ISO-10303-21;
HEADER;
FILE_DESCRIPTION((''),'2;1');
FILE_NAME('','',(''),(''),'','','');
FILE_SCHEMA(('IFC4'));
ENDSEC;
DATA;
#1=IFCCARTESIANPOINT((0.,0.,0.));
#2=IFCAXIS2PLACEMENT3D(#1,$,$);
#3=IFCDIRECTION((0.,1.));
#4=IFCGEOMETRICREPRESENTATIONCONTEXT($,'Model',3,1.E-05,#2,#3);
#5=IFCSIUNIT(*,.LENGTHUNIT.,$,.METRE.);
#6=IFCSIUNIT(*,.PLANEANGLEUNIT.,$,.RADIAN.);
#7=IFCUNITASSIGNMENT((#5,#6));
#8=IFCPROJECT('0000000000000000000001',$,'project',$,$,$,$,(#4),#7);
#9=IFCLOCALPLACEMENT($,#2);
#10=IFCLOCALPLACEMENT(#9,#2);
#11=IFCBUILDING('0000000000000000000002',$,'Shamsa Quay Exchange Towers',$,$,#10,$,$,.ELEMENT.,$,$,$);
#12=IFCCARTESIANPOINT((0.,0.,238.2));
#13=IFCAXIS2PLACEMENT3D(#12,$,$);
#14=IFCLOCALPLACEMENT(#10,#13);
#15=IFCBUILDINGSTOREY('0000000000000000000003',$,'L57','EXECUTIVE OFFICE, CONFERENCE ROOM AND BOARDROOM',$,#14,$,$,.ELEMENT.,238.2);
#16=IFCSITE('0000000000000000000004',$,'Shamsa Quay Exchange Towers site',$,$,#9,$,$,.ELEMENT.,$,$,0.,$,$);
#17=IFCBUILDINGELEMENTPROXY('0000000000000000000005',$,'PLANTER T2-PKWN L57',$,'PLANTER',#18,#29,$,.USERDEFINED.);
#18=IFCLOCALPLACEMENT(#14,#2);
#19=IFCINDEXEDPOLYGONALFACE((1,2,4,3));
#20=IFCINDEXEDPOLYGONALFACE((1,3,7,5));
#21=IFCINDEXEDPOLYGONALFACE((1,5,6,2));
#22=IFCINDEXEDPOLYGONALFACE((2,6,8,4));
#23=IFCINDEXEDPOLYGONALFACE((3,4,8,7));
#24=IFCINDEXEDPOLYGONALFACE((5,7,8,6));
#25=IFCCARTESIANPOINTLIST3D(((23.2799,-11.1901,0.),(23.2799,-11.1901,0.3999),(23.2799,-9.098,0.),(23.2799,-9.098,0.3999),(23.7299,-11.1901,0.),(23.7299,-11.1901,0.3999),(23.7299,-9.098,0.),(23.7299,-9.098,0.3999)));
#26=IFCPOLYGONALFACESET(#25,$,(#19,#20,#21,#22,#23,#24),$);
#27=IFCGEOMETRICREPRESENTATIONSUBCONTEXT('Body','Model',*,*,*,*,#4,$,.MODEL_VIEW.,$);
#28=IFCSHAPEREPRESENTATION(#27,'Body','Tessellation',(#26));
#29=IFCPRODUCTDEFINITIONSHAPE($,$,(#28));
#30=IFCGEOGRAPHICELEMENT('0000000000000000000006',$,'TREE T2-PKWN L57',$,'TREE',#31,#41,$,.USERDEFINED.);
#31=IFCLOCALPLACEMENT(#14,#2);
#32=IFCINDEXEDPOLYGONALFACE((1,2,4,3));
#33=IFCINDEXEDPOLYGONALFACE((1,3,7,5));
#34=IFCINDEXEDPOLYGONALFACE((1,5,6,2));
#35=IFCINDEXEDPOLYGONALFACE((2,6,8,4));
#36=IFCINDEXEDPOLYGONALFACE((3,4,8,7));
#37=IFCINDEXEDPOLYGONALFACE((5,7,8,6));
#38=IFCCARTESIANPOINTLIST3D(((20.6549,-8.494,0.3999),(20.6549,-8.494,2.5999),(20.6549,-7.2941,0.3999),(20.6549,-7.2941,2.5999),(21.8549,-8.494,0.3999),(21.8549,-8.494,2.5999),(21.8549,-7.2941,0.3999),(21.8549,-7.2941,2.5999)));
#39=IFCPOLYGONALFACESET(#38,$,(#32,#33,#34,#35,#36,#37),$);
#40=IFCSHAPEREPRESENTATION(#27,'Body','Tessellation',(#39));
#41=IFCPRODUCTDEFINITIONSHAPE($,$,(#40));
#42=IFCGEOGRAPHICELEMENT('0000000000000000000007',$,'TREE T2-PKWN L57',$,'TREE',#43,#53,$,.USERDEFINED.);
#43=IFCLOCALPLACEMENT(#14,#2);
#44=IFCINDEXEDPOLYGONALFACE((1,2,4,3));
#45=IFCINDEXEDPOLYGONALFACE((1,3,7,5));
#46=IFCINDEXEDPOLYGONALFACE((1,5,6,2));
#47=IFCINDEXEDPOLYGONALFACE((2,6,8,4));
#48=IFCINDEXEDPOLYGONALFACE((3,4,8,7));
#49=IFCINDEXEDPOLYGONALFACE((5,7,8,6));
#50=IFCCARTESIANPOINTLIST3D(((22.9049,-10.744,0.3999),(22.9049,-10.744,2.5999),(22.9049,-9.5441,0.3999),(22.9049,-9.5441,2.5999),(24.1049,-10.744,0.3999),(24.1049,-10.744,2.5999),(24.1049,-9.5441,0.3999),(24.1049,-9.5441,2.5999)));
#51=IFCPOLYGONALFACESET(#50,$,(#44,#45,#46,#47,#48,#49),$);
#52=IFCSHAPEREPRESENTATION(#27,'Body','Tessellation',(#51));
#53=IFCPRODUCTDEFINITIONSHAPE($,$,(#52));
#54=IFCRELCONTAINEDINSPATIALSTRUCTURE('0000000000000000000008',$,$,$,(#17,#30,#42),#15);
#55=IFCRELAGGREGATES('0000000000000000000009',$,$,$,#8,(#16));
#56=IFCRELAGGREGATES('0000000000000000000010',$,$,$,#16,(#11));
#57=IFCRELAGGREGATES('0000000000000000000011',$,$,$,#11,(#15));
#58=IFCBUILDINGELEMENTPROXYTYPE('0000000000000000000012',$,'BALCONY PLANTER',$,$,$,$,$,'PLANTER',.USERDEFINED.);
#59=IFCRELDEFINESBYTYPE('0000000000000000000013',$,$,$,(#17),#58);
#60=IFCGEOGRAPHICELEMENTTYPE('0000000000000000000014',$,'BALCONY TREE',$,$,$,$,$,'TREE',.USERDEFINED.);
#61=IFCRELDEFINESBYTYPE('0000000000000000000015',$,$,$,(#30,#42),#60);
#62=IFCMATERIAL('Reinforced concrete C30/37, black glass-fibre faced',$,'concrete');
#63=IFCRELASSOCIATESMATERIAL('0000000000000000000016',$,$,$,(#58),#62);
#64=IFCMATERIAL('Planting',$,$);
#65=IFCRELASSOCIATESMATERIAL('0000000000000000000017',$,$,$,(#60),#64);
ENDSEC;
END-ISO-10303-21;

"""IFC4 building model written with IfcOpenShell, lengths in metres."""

from ifc_helpers import new_model, si_unit, direction, frame, origin, origin_2d, place, context, subcontext, project, spatial, rectangle, extrude, material, type_object, element, save


model = new_model("IFC4")

# Units and contexts
model_context = context("Model", 3, precision=1e-05, world=origin(), true_north=direction((0.0, 1.0)))
body_context = subcontext(model_context, "Body", "Model", "MODEL_VIEW")
ifc_project = project(units=[si_unit("LENGTHUNIT", "METRE"), si_unit("PLANEANGLEUNIT", "RADIAN")], contexts=[model_context])

# Site, building, storey
site_placement = place(None, origin())
site = spatial("IfcSite", under=ifc_project, at=site_placement, Name="Shamsa Quay Exchange Towers site", CompositionType="ELEMENT", RefElevation=0.0)
building_placement = place(site_placement, origin())
building = spatial("IfcBuilding", under=site, at=building_placement, Name="Shamsa Quay Exchange Towers", CompositionType="ELEMENT")
storey_placement = place(building_placement, frame((0.0, 0.0, 238.2)))
storey = spatial("IfcBuildingStorey", under=building, at=storey_placement, Name="L57", Description="EXECUTIVE OFFICE, CONFERENCE ROOM AND BOARDROOM", CompositionType="ELEMENT", Elevation=238.2)

# Building element proxy
ifc_material_1 = material(Name="Reinforced concrete C30/37, black glass-fibre faced", Category="concrete")
building_element_proxy_type = type_object("IfcBuildingElementProxyType", Name="BALCONY PLANTER", ElementType="PLANTER", PredefinedType="USERDEFINED", material=ifc_material_1)
for number, where, z_axis, x_axis, name in (
    (1, (23.5049, -10.144, 0.0), (0.0, 0.0, 1.0), (0.0, -1.0, 0.0), "PLANTER T2-PKWN L57"),
):
    element("IfcBuildingElementProxy", number, at=place(storey_placement, frame(where, z_axis=z_axis, x_axis=x_axis)), inside=storey, type_object=building_element_proxy_type, Name=name, ObjectType="PLANTER", PredefinedType="USERDEFINED", context=body_context, shape_type="SweptSolid", body=[
        extrude(rectangle(XDim=2.092, YDim=0.45, at=origin_2d()), origin(), (0.0, 0.0, 1.0), 0.3999),
    ])

# Geographic elements
ifc_material_2 = material(Name="Planting")
geographic_element_type = type_object("IfcGeographicElementType", Name="BALCONY TREE", ElementType="TREE", PredefinedType="USERDEFINED", material=ifc_material_2)
for number, where, z_axis, x_axis, name in (
    (2, (21.2549, -7.894, 0.3999), (0.0, 0.0, 1.0), (0.0, -1.0, 0.0), "TREE T2-PKWN L57"),
    (3, (23.5049, -10.144, 0.3999), (0.0, 0.0, 1.0), (0.0, -1.0, 0.0), "TREE T2-PKWN L57"),
):
    element("IfcGeographicElement", number, at=place(storey_placement, frame(where, z_axis=z_axis, x_axis=x_axis)), inside=storey, type_object=geographic_element_type, Name=name, ObjectType="TREE", PredefinedType="USERDEFINED", context=body_context, shape_type="SweptSolid", body=[
        extrude(rectangle(XDim=1.2, YDim=1.2, at=origin_2d()), origin(), (0.0, 0.0, 1.0), 2.2),
    ])

save(model, "model.ifc")
